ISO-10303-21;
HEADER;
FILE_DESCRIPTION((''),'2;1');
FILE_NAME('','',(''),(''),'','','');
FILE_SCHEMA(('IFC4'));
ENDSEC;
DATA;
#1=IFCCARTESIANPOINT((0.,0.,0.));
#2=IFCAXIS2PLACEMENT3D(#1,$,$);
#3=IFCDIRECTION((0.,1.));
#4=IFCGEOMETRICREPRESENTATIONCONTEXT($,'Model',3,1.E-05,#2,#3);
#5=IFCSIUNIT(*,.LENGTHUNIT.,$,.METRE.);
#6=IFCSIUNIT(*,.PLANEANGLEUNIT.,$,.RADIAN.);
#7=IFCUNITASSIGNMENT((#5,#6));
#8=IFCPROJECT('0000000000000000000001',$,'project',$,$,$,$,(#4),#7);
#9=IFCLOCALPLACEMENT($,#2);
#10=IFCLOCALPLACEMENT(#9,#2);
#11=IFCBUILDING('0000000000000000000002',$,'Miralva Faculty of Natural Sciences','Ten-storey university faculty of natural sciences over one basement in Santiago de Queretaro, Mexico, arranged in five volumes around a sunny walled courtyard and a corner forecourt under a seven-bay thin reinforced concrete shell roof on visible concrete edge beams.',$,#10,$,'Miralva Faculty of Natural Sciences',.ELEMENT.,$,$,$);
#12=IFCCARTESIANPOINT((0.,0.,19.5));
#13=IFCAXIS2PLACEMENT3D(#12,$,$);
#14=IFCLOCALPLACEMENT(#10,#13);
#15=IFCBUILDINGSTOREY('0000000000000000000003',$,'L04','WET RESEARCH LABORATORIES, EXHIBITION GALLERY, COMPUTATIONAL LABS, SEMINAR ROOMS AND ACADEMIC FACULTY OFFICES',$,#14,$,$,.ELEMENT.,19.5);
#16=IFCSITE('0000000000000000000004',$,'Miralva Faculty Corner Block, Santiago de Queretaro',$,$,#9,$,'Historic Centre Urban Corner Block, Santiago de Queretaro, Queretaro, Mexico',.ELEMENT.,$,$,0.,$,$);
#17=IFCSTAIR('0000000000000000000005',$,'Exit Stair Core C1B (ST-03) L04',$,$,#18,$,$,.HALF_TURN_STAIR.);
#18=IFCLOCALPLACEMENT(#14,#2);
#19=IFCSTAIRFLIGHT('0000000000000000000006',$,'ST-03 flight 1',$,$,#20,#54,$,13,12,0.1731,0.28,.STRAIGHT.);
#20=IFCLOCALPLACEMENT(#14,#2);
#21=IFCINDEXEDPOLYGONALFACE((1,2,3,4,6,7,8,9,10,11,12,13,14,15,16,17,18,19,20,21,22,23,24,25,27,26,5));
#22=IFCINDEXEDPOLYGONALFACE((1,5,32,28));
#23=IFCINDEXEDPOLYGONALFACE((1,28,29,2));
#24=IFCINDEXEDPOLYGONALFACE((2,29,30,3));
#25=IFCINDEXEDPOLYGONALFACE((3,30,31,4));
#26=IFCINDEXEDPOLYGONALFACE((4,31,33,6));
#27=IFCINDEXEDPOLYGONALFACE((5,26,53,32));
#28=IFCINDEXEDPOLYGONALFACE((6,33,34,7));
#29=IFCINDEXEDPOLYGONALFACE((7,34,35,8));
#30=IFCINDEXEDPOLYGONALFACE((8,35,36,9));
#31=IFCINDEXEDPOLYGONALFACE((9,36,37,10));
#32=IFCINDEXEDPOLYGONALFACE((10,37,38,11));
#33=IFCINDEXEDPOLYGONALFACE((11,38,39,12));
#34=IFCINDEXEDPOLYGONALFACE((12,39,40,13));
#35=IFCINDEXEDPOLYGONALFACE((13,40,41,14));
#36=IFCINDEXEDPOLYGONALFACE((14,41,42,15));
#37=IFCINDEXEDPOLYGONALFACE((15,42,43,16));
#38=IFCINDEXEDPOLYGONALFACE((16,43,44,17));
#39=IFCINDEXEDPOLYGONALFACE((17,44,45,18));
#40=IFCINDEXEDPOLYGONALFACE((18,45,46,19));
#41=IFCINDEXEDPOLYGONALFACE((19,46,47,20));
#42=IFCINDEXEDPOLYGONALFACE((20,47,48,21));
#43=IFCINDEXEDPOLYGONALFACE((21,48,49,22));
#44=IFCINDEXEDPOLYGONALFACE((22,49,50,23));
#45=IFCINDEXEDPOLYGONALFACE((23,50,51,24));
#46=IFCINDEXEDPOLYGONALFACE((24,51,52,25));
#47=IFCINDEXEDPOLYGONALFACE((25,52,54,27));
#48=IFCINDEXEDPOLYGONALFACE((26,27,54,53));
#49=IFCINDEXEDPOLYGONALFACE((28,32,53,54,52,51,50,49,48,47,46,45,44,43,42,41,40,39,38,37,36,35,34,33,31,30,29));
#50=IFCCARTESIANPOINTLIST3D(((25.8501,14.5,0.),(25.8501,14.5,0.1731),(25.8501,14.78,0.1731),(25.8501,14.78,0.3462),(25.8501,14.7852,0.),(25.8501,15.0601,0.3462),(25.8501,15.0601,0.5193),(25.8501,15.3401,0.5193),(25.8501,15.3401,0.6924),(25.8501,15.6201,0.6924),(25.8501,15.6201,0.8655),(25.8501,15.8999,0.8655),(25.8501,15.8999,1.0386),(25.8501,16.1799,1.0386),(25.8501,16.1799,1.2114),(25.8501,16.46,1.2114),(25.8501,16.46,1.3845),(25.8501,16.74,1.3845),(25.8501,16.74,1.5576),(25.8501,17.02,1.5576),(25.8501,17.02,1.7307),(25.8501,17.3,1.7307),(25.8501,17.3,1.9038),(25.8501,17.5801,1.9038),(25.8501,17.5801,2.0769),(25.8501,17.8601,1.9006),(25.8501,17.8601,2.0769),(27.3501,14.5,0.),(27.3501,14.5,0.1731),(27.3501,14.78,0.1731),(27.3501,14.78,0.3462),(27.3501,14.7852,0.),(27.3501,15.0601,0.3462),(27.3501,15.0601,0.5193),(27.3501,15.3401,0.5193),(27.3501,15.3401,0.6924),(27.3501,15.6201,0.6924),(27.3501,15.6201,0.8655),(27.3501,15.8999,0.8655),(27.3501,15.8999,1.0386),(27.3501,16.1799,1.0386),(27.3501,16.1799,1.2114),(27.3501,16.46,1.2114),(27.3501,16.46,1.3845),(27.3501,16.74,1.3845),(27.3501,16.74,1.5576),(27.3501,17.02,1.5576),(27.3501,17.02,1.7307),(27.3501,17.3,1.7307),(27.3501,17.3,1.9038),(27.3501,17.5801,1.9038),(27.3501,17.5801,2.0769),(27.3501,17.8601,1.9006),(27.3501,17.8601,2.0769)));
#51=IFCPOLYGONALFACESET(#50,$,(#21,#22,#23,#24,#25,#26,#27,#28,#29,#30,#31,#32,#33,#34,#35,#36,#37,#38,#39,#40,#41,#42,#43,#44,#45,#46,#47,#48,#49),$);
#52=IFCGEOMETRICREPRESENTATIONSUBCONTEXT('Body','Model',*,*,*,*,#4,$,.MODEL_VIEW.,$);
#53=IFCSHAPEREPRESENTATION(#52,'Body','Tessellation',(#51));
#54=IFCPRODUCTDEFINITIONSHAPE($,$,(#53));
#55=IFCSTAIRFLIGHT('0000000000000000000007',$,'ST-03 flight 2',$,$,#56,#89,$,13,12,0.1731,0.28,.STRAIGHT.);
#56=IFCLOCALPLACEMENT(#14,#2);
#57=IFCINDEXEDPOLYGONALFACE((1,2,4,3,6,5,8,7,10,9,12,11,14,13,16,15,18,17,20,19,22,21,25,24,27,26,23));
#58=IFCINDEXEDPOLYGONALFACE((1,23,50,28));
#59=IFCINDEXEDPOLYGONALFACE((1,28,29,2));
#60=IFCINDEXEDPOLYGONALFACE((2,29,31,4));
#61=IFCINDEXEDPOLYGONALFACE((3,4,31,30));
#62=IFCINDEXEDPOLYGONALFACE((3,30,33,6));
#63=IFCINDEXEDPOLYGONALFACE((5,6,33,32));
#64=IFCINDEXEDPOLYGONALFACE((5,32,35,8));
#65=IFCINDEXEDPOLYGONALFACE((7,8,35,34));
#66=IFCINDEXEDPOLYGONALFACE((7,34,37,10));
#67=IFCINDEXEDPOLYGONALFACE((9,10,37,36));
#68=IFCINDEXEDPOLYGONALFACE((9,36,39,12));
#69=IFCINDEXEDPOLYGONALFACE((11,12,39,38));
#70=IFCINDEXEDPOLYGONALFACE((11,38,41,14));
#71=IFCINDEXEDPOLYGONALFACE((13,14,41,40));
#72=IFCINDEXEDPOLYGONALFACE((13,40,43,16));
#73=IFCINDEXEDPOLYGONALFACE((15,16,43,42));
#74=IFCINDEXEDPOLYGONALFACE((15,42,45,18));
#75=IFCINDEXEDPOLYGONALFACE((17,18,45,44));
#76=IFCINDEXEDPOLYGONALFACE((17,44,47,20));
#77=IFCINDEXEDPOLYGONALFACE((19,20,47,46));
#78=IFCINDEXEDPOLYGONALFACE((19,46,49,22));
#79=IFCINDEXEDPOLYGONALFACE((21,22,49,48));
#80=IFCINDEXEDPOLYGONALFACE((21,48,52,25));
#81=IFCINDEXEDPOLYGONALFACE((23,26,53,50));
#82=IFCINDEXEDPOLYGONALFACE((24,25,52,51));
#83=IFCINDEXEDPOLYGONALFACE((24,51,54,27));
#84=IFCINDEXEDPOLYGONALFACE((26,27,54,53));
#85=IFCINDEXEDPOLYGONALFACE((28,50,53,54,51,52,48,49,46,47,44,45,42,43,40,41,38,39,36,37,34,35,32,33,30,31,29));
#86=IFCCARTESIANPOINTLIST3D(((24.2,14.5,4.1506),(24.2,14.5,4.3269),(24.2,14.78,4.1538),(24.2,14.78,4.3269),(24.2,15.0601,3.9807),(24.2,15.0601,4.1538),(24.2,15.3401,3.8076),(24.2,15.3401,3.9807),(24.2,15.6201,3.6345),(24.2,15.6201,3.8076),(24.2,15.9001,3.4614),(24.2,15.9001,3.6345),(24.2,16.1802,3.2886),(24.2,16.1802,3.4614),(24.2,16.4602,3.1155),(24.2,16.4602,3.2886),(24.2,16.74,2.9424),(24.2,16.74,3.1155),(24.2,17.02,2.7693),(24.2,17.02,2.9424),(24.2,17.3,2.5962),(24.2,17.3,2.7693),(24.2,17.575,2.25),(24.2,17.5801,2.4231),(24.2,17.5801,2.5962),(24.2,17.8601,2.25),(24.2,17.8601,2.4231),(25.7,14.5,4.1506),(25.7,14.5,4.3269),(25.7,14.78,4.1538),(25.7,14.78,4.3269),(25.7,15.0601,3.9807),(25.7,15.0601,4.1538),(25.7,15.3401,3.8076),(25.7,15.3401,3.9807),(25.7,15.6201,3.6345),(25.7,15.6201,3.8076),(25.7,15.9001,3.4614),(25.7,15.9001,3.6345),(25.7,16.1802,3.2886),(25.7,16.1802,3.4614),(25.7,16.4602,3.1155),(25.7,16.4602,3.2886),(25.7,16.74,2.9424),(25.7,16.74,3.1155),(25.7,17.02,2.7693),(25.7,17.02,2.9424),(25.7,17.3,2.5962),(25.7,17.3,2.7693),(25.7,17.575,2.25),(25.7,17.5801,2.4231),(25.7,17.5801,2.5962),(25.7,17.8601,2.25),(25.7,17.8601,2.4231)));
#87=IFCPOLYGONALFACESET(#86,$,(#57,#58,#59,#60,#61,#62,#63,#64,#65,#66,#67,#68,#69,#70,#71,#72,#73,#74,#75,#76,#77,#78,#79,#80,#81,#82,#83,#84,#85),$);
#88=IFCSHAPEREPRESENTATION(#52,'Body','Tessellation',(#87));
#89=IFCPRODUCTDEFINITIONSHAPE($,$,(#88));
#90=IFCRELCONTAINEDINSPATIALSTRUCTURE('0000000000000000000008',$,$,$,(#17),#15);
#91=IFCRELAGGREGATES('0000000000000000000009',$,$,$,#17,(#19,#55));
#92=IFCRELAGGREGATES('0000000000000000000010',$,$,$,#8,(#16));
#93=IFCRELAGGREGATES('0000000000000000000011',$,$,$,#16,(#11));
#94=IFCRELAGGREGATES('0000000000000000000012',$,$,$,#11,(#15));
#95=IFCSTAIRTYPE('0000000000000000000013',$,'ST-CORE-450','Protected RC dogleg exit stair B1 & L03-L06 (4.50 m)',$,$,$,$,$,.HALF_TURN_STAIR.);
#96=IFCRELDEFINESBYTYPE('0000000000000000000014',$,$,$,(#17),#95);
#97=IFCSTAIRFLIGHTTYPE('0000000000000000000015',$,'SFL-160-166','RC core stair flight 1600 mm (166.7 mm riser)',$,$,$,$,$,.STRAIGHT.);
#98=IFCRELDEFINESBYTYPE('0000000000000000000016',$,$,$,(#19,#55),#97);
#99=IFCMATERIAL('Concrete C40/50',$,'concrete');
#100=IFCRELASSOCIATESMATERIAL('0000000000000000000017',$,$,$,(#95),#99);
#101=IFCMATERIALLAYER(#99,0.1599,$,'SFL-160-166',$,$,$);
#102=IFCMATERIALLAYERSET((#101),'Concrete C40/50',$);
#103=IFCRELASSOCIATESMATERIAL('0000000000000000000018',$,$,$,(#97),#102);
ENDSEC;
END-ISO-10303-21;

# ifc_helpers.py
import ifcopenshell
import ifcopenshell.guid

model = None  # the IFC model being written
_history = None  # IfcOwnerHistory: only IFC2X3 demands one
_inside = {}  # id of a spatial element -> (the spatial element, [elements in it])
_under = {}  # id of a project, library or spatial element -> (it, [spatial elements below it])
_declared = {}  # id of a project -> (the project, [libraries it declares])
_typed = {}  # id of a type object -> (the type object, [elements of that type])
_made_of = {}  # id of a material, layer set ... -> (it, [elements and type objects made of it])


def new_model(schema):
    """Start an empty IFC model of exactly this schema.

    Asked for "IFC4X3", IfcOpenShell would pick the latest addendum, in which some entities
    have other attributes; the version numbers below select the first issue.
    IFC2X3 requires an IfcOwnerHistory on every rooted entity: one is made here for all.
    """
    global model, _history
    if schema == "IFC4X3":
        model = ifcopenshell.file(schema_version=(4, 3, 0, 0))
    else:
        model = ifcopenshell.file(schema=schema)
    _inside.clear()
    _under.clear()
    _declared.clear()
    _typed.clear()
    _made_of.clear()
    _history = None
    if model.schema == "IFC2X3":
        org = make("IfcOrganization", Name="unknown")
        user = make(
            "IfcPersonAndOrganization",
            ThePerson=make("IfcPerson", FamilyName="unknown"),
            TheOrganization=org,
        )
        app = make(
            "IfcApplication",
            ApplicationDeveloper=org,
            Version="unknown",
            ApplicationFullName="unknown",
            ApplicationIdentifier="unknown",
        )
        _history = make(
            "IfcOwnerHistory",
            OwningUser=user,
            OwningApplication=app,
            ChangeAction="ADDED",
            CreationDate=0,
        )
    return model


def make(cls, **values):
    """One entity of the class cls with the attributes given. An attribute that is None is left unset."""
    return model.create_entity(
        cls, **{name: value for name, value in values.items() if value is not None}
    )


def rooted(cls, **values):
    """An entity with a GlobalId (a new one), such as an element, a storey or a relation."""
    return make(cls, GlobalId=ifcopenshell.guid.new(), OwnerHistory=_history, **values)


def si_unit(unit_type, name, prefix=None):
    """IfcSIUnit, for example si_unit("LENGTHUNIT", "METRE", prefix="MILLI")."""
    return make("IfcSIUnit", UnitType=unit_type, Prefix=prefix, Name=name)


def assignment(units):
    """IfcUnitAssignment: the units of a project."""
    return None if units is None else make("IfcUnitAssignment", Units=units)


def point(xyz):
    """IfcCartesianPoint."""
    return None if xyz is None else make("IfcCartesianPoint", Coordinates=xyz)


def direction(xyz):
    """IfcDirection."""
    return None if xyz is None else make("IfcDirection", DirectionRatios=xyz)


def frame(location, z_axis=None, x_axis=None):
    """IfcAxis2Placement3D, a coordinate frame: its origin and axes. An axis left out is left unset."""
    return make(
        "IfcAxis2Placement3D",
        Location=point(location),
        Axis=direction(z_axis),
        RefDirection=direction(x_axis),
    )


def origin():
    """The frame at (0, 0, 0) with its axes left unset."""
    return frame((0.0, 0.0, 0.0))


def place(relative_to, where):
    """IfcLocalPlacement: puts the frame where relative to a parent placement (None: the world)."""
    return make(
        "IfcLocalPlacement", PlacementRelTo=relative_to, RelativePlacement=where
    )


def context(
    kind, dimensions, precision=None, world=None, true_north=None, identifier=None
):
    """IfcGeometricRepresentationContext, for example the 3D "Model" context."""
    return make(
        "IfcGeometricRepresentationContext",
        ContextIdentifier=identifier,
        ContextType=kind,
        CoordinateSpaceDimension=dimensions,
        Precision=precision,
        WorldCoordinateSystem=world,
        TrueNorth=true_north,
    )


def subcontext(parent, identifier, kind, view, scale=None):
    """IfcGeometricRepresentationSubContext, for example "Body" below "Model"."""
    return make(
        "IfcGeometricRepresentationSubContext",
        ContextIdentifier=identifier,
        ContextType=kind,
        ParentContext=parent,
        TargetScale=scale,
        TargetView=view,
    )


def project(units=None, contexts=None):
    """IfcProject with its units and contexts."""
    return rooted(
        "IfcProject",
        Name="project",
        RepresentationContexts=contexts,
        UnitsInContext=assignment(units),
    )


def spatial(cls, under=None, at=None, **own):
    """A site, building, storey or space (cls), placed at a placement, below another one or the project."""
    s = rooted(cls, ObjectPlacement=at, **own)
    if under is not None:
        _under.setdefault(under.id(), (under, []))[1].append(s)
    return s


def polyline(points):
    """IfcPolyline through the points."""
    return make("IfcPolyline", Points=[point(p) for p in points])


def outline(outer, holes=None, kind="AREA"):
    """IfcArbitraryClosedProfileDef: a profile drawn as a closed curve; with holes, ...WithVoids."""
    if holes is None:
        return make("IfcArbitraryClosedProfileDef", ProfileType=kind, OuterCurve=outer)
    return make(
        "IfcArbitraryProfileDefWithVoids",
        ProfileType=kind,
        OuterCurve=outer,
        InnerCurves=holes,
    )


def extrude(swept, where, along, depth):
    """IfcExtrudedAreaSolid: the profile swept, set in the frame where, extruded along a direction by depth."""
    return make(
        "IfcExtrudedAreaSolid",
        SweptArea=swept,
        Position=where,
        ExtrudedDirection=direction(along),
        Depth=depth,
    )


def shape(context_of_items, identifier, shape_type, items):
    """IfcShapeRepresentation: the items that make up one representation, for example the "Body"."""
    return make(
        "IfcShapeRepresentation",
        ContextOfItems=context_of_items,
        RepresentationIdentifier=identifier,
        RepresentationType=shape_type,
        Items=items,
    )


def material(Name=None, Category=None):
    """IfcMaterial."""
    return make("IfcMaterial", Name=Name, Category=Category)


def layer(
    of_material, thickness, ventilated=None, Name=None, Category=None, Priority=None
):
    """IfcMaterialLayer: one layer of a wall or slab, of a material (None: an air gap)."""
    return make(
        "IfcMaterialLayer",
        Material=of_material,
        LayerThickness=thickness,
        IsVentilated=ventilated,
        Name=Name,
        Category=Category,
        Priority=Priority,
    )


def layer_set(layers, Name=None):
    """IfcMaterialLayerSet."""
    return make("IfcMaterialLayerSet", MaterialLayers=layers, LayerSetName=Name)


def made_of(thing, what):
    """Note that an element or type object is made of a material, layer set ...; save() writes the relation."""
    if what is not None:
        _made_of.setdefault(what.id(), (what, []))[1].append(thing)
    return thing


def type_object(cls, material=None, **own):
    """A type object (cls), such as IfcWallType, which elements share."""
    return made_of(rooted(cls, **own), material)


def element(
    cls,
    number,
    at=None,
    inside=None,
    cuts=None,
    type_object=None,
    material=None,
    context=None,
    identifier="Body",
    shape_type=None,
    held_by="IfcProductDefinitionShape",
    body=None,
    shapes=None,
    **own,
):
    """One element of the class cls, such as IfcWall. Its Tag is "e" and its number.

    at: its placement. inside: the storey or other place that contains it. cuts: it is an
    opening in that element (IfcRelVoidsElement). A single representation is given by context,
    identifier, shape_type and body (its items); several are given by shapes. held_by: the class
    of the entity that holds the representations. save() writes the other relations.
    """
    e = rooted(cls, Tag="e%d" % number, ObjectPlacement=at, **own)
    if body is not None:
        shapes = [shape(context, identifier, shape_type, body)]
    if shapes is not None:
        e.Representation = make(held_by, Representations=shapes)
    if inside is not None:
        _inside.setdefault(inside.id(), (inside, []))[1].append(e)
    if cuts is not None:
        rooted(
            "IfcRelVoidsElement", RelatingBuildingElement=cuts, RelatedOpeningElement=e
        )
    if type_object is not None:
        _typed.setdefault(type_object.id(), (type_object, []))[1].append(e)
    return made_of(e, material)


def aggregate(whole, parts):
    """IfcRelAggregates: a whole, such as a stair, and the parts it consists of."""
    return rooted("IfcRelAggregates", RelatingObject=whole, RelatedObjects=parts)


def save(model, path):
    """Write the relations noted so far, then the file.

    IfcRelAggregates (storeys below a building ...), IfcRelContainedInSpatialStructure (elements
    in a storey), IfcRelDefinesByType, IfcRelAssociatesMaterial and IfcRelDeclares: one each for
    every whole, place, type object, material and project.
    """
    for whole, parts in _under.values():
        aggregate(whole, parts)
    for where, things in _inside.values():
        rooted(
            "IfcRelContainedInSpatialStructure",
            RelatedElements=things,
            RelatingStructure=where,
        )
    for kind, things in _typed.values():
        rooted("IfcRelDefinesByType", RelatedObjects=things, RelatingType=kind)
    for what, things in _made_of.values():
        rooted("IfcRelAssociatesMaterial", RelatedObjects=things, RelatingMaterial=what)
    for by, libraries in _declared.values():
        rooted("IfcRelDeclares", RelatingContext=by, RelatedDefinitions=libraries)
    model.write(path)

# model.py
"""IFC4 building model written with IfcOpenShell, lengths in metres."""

from ifc_helpers import new_model, si_unit, direction, frame, origin, place, context, subcontext, project, spatial, polyline, outline, extrude, material, layer, layer_set, type_object, element, aggregate, save


model = new_model("IFC4")

# Units and contexts
model_context = context("Model", 3, precision=1e-05, world=origin(), true_north=direction((0.0, 1.0)))
body_context = subcontext(model_context, "Body", "Model", "MODEL_VIEW")
ifc_project = project(units=[si_unit("LENGTHUNIT", "METRE"), si_unit("PLANEANGLEUNIT", "RADIAN")], contexts=[model_context])

# Site, building, storey
site_placement = place(None, origin())
site = spatial("IfcSite", under=ifc_project, at=site_placement, Name="Miralva Faculty Corner Block, Santiago de Queretaro", LongName="Historic Centre Urban Corner Block, Santiago de Queretaro, Queretaro, Mexico", CompositionType="ELEMENT", RefElevation=0.0)
building_placement = place(site_placement, origin())
building = spatial("IfcBuilding", under=site, at=building_placement, Name="Miralva Faculty of Natural Sciences", Description="Ten-storey university faculty of natural sciences over one basement in Santiago de Queretaro, Mexico, arranged in five volumes around a sunny walled courtyard and a corner forecourt under a seven-bay thin reinforced concrete shell roof on visible concrete edge beams.", LongName="Miralva Faculty of Natural Sciences", CompositionType="ELEMENT")
storey_placement = place(building_placement, frame((0.0, 0.0, 19.5)))
storey = spatial("IfcBuildingStorey", under=building, at=storey_placement, Name="L04", Description="WET RESEARCH LABORATORIES, EXHIBITION GALLERY, COMPUTATIONAL LABS, SEMINAR ROOMS AND ACADEMIC FACULTY OFFICES", CompositionType="ELEMENT", Elevation=19.5)

# Shared definitions
ifc_material_1 = material(Name="Concrete C40/50", Category="concrete")

# Stair, stair flights
stair_type = type_object("IfcStairType", Name="ST-CORE-450", Description="Protected RC dogleg exit stair B1 & L03-L06 (4.50 m)", PredefinedType="HALF_TURN_STAIR", material=ifc_material_1)
stair_placement = place(storey_placement, origin())
stair = element("IfcStair", 1, at=stair_placement, inside=storey, type_object=stair_type, Name="Exit Stair Core C1B (ST-03) L04", PredefinedType="HALF_TURN_STAIR")
ifc_layer_1 = layer(ifc_material_1, 0.1599, Name="SFL-160-166")
ifc_layer_set_1 = layer_set([ifc_layer_1], Name="Concrete C40/50")
stair_flight_type = type_object("IfcStairFlightType", Name="SFL-160-166", Description="RC core stair flight 1600 mm (166.7 mm riser)", PredefinedType="STRAIGHT", material=ifc_layer_set_1)
stair_flight_1_placement = place(storey_placement, frame((26.6001, 14.5, 0.0), z_axis=(0.0, 0.0, 1.0), x_axis=(0.0, 1.0, 0.0)))
stair_flight_1 = element("IfcStairFlight", 2, at=stair_flight_1_placement, type_object=stair_flight_type, Name="ST-03 flight 1", NumberOfRisers=13, NumberOfTreads=12, PredefinedType="STRAIGHT", RiserHeight=0.1731, TreadLength=0.28, context=body_context, shape_type="SweptSolid", body=[
    extrude(outline(polyline([(0.0, 0.0), (0.0, 0.1731), (0.28, 0.1731), (0.28, 0.3462), (0.5601, 0.3462), (0.5601, 0.5193), (0.8401, 0.5193), (0.8401, 0.6924), (1.1201, 0.6924), (1.1201, 0.8655), (1.3999, 0.8655), (1.3999, 1.0386), (1.6799, 1.0386), (1.6799, 1.2114), (1.96, 1.2114), (1.96, 1.3845), (2.24, 1.3845), (2.24, 1.5576), (2.52, 1.5576), (2.52, 1.7307), (2.8, 1.7307), (2.8, 1.9038), (3.0801, 1.9038), (3.0801, 2.0769), (3.3601, 2.0769), (3.3601, 2.25), (3.3601, 1.9006), (0.2852, 0.0), (0.0, 0.0)])), frame((0.0, 0.75, 0.0), z_axis=(0.0, -1.0, 0.0), x_axis=(1.0, 0.0, 0.0)), (0.0, 0.0, 1.0), 1.5),
])
stair_flight_2_placement = place(storey_placement, frame((24.95, 17.8601, 2.25), z_axis=(0.0, 0.0, 1.0), x_axis=(0.0, -1.0, 0.0)))
stair_flight_2 = element("IfcStairFlight", 3, at=stair_flight_2_placement, type_object=stair_flight_type, Name="ST-03 flight 2", NumberOfRisers=13, NumberOfTreads=12, PredefinedType="STRAIGHT", RiserHeight=0.1731, TreadLength=0.28, context=body_context, shape_type="SweptSolid", body=[
    extrude(outline(polyline([(0.0, 0.0), (0.0, 0.1731), (0.28, 0.1731), (0.28, 0.3462), (0.5601, 0.3462), (0.5601, 0.5193), (0.8401, 0.5193), (0.8401, 0.6924), (1.1201, 0.6924), (1.1201, 0.8655), (1.3999, 0.8655), (1.3999, 1.0386), (1.6799, 1.0386), (1.6799, 1.2114), (1.96, 1.2114), (1.96, 1.3845), (2.24, 1.3845), (2.24, 1.5576), (2.52, 1.5576), (2.52, 1.7307), (2.8, 1.7307), (2.8, 1.9038), (3.0801, 1.9038), (3.0801, 2.0769), (3.3601, 2.0769), (3.3601, 2.25), (3.3601, 1.9006), (0.2852, 0.0), (0.0, 0.0)])), frame((0.0, 0.75, 0.0), z_axis=(0.0, -1.0, 0.0), x_axis=(1.0, 0.0, 0.0)), (0.0, 0.0, 1.0), 1.5),
])
aggregate(stair, [stair_flight_1, stair_flight_2])

save(model, "model.ifc")
